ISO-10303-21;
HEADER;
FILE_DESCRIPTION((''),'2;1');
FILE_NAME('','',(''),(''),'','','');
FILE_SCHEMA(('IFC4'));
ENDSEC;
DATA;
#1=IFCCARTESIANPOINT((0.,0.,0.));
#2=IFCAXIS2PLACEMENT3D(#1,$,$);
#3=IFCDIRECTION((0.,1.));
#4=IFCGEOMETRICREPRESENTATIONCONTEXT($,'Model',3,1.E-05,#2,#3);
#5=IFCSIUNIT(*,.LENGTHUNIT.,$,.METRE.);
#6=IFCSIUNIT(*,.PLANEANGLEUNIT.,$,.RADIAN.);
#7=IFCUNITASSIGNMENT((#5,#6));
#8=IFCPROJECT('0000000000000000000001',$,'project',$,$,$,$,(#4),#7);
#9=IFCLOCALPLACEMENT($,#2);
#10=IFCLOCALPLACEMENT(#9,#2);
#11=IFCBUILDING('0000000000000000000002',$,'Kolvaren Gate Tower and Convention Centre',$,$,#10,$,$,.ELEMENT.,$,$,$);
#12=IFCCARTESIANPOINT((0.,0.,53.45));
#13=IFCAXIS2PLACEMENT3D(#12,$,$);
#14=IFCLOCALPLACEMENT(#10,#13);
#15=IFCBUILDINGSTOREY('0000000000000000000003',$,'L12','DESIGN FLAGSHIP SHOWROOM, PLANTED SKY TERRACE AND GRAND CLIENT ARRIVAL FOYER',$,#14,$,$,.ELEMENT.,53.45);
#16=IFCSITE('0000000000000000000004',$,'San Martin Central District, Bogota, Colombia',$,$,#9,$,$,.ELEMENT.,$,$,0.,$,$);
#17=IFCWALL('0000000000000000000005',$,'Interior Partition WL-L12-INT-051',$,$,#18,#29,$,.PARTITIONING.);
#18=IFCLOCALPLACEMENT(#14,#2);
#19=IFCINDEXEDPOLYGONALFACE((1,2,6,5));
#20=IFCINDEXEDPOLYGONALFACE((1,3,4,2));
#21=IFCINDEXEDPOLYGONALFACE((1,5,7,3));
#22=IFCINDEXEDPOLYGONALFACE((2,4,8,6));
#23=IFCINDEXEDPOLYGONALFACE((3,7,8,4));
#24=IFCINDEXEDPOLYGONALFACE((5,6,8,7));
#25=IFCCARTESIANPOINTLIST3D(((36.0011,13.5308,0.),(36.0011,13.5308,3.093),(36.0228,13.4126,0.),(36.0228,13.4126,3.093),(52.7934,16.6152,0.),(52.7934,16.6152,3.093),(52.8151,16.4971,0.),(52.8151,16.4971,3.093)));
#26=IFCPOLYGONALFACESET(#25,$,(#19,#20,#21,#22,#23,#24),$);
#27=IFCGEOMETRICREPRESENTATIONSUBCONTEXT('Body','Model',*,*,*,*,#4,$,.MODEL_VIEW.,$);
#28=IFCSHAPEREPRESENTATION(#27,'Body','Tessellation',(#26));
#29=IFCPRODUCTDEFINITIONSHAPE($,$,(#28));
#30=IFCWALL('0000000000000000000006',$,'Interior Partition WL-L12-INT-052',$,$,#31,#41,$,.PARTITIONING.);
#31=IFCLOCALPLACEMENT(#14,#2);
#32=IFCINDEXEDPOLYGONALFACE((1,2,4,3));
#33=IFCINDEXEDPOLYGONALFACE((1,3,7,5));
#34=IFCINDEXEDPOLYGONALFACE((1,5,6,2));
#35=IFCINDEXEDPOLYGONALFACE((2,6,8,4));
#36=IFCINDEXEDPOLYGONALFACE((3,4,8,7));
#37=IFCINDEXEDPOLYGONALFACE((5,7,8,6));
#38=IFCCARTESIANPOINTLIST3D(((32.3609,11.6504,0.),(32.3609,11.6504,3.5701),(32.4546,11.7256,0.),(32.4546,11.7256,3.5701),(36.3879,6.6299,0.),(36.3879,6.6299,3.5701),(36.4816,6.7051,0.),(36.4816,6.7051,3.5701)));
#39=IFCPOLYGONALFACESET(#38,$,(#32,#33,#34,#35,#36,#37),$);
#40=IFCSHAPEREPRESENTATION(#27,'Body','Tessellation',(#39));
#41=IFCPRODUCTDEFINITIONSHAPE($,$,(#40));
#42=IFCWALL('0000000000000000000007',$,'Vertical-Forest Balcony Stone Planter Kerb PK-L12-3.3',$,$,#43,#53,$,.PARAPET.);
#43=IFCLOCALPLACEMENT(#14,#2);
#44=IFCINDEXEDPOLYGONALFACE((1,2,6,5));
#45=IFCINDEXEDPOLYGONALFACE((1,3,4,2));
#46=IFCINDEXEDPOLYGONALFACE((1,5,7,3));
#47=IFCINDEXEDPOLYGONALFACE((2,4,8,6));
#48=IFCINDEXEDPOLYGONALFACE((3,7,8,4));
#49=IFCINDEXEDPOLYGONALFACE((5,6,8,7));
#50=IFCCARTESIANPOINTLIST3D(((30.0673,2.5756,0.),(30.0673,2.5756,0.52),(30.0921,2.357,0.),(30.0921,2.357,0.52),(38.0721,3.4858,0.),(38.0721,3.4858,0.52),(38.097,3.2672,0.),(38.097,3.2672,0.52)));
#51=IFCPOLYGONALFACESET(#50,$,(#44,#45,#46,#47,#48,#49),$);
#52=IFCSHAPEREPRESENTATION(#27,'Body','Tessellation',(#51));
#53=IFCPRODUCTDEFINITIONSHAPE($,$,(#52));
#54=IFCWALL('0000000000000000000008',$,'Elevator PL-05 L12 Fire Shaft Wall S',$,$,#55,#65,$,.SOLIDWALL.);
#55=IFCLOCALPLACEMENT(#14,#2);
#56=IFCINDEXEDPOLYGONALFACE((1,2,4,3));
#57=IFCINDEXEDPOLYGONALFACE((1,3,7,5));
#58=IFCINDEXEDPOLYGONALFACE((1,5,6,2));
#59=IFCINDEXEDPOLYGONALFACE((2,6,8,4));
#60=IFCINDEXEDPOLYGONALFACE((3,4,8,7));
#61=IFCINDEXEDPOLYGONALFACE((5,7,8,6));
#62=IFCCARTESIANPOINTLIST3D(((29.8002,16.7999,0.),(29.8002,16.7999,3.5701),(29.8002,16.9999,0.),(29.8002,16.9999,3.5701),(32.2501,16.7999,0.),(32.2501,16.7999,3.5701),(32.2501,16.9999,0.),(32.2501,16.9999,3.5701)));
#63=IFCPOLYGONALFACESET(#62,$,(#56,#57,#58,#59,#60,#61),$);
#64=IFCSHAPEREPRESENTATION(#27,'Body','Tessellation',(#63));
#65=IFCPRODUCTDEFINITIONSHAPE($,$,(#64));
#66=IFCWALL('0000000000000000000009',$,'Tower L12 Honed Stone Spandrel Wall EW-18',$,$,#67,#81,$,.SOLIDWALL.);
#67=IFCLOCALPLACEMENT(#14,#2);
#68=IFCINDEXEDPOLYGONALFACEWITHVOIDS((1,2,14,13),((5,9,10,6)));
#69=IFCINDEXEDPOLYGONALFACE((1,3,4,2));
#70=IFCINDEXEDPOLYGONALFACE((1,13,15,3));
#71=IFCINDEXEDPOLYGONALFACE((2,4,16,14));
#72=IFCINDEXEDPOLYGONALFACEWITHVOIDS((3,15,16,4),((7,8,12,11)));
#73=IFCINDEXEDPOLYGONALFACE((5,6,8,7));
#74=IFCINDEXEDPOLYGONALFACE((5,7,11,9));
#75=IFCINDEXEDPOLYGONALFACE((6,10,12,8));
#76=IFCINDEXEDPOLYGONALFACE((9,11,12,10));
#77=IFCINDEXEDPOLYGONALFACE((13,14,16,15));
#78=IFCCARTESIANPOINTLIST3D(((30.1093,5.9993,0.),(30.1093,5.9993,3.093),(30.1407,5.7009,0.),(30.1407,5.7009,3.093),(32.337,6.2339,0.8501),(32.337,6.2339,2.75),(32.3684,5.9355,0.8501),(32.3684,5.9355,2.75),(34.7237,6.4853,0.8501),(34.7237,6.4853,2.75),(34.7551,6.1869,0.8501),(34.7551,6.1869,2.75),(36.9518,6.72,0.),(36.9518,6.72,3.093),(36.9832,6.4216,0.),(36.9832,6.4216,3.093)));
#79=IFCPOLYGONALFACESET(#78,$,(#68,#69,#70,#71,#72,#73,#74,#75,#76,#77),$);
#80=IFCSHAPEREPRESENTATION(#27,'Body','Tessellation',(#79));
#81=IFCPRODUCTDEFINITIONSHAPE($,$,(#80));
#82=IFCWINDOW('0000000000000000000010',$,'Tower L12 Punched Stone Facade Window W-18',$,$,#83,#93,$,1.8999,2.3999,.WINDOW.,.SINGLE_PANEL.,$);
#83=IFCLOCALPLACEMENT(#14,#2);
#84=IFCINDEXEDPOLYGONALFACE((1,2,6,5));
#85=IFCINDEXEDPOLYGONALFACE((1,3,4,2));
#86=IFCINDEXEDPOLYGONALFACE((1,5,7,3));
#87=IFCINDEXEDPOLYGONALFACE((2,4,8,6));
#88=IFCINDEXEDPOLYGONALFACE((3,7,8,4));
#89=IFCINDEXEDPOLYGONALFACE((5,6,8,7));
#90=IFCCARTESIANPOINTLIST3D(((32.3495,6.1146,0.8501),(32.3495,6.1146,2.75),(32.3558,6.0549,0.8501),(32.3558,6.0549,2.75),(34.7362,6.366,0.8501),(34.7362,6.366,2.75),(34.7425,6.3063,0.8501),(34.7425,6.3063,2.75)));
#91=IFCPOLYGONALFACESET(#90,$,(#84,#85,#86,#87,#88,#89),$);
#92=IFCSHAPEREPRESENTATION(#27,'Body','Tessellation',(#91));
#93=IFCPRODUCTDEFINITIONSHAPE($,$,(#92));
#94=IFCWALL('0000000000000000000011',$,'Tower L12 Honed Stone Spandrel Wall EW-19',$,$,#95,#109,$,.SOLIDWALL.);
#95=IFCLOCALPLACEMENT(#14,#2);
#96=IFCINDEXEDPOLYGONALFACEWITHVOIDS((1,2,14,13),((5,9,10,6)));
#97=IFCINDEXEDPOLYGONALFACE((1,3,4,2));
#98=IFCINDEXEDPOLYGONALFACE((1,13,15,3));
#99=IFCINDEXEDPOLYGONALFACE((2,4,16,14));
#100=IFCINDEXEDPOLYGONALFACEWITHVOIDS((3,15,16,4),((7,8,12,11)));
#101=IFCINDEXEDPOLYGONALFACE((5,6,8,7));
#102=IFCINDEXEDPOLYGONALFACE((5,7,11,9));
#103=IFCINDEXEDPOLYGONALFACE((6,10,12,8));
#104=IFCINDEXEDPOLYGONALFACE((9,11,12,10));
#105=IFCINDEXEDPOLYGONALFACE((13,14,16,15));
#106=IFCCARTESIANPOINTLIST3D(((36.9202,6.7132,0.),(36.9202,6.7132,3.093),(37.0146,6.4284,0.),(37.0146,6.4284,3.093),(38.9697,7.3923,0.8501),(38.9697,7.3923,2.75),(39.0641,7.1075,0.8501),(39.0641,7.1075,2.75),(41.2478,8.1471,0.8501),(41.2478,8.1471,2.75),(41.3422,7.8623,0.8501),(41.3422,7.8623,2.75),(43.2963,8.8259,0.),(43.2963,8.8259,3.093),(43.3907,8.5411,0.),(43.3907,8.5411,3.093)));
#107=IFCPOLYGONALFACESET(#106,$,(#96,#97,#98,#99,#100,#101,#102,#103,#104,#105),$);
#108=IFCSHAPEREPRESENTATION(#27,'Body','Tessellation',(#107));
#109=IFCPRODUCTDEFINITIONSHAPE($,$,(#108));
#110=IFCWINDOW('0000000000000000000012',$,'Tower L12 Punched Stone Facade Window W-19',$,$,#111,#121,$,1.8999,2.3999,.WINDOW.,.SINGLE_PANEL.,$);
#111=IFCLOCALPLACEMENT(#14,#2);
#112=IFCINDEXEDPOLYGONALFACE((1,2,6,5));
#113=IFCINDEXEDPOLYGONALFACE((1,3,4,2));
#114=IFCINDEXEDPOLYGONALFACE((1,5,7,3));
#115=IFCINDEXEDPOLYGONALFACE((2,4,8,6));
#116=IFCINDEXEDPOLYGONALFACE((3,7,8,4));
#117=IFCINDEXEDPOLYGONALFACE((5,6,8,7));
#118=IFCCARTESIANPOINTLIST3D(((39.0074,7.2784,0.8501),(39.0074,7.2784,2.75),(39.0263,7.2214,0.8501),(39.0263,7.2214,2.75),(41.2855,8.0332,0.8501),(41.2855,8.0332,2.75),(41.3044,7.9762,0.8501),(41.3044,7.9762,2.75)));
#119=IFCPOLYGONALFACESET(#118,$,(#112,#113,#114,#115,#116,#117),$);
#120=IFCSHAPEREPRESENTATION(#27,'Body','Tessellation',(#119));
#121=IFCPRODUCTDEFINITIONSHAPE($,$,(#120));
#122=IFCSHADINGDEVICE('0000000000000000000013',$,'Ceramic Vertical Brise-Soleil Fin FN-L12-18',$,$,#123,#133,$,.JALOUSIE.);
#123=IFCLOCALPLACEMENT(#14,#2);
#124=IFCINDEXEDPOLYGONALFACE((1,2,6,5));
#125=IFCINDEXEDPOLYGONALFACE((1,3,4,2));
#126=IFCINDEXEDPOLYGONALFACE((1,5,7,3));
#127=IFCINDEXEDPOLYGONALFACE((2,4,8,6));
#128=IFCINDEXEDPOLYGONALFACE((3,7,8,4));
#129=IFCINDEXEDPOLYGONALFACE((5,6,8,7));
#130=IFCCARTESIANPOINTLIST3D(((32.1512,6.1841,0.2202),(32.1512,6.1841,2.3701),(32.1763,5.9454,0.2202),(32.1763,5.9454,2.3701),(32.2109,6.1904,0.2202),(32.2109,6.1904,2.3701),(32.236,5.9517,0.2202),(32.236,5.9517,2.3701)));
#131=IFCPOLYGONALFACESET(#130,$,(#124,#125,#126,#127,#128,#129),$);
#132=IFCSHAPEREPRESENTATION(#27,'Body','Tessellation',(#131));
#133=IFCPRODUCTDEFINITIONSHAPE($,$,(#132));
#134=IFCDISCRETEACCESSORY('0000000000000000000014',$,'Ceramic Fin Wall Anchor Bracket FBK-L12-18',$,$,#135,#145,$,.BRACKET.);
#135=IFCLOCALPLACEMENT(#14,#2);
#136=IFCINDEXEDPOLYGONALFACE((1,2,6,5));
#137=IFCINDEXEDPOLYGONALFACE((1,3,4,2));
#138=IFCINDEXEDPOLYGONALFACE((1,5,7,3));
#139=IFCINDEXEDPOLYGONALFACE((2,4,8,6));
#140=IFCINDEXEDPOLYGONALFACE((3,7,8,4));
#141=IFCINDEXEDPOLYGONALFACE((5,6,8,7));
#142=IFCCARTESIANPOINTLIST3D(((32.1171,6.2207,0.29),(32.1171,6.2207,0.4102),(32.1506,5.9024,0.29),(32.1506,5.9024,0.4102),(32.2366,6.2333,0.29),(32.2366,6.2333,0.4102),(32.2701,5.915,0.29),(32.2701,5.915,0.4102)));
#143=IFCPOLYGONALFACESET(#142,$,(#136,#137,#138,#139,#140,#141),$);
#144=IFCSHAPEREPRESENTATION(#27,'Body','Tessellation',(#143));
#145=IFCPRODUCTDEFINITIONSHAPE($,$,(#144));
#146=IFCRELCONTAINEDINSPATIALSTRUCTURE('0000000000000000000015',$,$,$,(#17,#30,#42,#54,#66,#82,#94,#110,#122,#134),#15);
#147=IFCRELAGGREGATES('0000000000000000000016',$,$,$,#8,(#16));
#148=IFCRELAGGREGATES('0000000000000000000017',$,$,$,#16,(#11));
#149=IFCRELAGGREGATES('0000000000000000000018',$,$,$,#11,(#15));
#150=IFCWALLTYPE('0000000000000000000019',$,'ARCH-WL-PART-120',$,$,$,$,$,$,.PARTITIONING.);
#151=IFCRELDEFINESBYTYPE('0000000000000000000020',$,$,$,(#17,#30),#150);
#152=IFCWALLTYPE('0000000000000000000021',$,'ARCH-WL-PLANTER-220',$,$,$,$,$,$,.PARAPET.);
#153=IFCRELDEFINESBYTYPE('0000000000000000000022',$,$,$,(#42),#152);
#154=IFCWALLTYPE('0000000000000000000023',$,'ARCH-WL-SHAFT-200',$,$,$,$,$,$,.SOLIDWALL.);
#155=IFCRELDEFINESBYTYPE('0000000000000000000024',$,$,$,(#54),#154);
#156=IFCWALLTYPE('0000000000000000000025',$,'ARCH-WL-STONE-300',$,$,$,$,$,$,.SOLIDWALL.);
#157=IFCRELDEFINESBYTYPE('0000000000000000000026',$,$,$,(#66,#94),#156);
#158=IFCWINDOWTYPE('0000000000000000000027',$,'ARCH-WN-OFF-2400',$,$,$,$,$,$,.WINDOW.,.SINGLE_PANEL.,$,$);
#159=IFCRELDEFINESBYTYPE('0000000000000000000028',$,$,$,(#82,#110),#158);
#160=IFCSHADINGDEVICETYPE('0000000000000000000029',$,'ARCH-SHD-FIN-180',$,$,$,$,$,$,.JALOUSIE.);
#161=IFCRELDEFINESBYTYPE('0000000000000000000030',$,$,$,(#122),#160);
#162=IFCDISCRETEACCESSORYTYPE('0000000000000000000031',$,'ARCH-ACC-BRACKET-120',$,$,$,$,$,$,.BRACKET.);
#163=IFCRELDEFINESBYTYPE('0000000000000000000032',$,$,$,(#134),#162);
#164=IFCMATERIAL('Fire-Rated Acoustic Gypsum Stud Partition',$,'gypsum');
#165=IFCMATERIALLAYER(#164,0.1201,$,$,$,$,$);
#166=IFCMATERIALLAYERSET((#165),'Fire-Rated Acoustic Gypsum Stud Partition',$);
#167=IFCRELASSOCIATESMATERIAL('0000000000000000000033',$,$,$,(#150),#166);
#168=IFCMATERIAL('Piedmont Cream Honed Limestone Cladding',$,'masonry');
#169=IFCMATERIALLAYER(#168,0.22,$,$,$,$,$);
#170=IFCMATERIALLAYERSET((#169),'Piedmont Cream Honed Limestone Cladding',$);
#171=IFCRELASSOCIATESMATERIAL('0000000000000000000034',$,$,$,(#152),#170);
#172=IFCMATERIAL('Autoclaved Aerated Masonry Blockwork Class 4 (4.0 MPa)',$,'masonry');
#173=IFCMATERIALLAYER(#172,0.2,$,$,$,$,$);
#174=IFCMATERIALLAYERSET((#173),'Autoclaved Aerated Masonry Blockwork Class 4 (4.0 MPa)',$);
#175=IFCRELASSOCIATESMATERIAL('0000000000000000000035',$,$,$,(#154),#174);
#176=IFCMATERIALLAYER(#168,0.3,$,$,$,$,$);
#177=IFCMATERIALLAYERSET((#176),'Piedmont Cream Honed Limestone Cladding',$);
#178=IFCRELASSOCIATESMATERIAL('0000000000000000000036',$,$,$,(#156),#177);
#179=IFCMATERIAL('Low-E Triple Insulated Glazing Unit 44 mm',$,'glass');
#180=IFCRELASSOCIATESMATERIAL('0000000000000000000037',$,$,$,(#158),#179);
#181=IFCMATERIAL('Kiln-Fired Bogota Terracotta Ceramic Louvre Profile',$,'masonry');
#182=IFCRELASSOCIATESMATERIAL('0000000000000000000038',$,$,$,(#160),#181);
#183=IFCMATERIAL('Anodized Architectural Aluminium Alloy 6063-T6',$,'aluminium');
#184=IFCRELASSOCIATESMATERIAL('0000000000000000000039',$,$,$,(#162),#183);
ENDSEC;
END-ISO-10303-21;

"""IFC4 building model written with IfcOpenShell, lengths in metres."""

from ifc_helpers import new_model, si_unit, direction, frame, frame_2d, origin, origin_2d, place, context, subcontext, project, spatial, rectangle, extrude, material, layer, layer_set, type_object, element, fill, save


model = new_model("IFC4")

# Units and contexts
model_context = context("Model", 3, precision=1e-05, world=origin(), true_north=direction((0.0, 1.0)))
body_context = subcontext(model_context, "Body", "Model", "MODEL_VIEW")
ifc_project = project(units=[si_unit("LENGTHUNIT", "METRE"), si_unit("PLANEANGLEUNIT", "RADIAN")], contexts=[model_context])

# Site, building, storey
site_placement = place(None, origin())
site = spatial("IfcSite", under=ifc_project, at=site_placement, Name="San Martin Central District, Bogota, Colombia", CompositionType="ELEMENT", RefElevation=0.0)
building_placement = place(site_placement, origin())
building = spatial("IfcBuilding", under=site, at=building_placement, Name="Kolvaren Gate Tower and Convention Centre", CompositionType="ELEMENT")
storey_placement = place(building_placement, frame((0.0, 0.0, 53.45)))
storey = spatial("IfcBuildingStorey", under=building, at=storey_placement, Name="L12", Description="DESIGN FLAGSHIP SHOWROOM, PLANTED SKY TERRACE AND GRAND CLIENT ARRIVAL FOYER", CompositionType="ELEMENT", Elevation=53.45)

# Shared definitions
ifc_material_1 = material(Name="Autoclaved Aerated Masonry Blockwork Class 4 (4.0 MPa)", Category="masonry")

# Shared definitions
ifc_material_2 = material(Name="Fire-Rated Acoustic Gypsum Stud Partition", Category="gypsum")
ifc_layer_1 = layer(ifc_material_2, 0.1201)
ifc_layer_set_1 = layer_set([ifc_layer_1], Name="Fire-Rated Acoustic Gypsum Stud Partition")
wall_type_1 = type_object("IfcWallType", Name="ARCH-WL-PART-120", PredefinedType="PARTITIONING", material=ifc_layer_set_1)

# Walls
wall_1_placement = place(storey_placement, frame((36.012, 13.4717, 0.0), z_axis=(0.0, 0.0, 1.0), x_axis=(0.983545, 0.180662, 0.0)))
element("IfcWall", 1, at=wall_1_placement, inside=storey, type_object=wall_type_1, Name="Interior Partition WL-L12-INT-051", PredefinedType="PARTITIONING", context=body_context, shape_type="SweptSolid", body=[
    extrude(rectangle(XDim=17.0732, YDim=0.1201, at=frame_2d((8.5366, 0.0))), origin(), (0.0, 0.0, 1.0), 3.093),
])
wall_2_placement = place(storey_placement, frame((32.4077, 11.688, 0.0), z_axis=(0.0, 0.0, 1.0), x_axis=(0.625708, -0.780058, 0.0)))
element("IfcWall", 2, at=wall_2_placement, inside=storey, type_object=wall_type_1, Name="Interior Partition WL-L12-INT-052", PredefinedType="PARTITIONING", context=body_context, shape_type="SweptSolid", body=[
    extrude(rectangle(XDim=6.436, YDim=0.1201, at=frame_2d((3.218, 0.0))), origin(), (0.0, 0.0, 1.0), 3.5701),
])
ifc_material_3 = material(Name="Piedmont Cream Honed Limestone Cladding", Category="masonry")
ifc_layer_2 = layer(ifc_material_3, 0.22)
ifc_layer_set_2 = layer_set([ifc_layer_2], Name="Piedmont Cream Honed Limestone Cladding")
wall_type_2 = type_object("IfcWallType", Name="ARCH-WL-PLANTER-220", PredefinedType="PARAPET", material=ifc_layer_set_2)
wall_3_placement = place(storey_placement, frame((30.0796, 2.4663, 0.0), z_axis=(0.0, 0.0, 1.0), x_axis=(0.993598, 0.112972, 0.0)))
element("IfcWall", 3, at=wall_3_placement, inside=storey, type_object=wall_type_2, Name="Vertical-Forest Balcony Stone Planter Kerb PK-L12-3.3", PredefinedType="PARAPET", context=body_context, shape_type="SweptSolid", body=[
    extrude(rectangle(XDim=8.0564, YDim=0.22, at=frame_2d((4.0283, 0.0))), origin(), (0.0, 0.0, 1.0), 0.52),
])
ifc_layer_3 = layer(ifc_material_1, 0.2)
ifc_layer_set_3 = layer_set([ifc_layer_3], Name="Autoclaved Aerated Masonry Blockwork Class 4 (4.0 MPa)")
wall_type_3 = type_object("IfcWallType", Name="ARCH-WL-SHAFT-200", PredefinedType="SOLIDWALL", material=ifc_layer_set_3)
wall_4_placement = place(storey_placement, frame((29.8, 16.8999, 0.0), z_axis=(0.0, 0.0, 1.0), x_axis=(1.0, 0.0, 0.0)))
element("IfcWall", 4, at=wall_4_placement, inside=storey, type_object=wall_type_3, Name="Elevator PL-05 L12 Fire Shaft Wall S", PredefinedType="SOLIDWALL", context=body_context, shape_type="SweptSolid", body=[
    extrude(rectangle(XDim=2.45, YDim=0.2, at=frame_2d((1.2251, 0.0))), origin(), (0.0, 0.0, 1.0), 3.5701),
])

# Walls, openings, windows
ifc_layer_4 = layer(ifc_material_3, 0.3)
ifc_layer_set_4 = layer_set([ifc_layer_4], Name="Piedmont Cream Honed Limestone Cladding")
wall_type_4 = type_object("IfcWallType", Name="ARCH-WL-STONE-300", PredefinedType="SOLIDWALL", material=ifc_layer_set_4)
wall_5_placement = place(storey_placement, frame((30.125, 5.8501, 0.0), z_axis=(0.0, 0.0, 1.0), x_axis=(0.994499, 0.104748, 0.0)))
wall_5 = element("IfcWall", 5, at=wall_5_placement, inside=storey, type_object=wall_type_4, Name="Tower L12 Honed Stone Spandrel Wall EW-18", PredefinedType="SOLIDWALL", context=body_context, shape_type="SweptSolid", body=[
    extrude(rectangle(XDim=6.8804, YDim=0.3, at=frame_2d((3.4402, 0.0))), origin(), (0.0, 0.0, 1.0), 3.093),
])
opening_1_placement = place(wall_5_placement, frame((2.24, 0.0, 0.8501)))
opening_1 = element("IfcOpeningElement", 6, at=opening_1_placement, cuts=wall_5, PredefinedType="OPENING", context=body_context, shape_type="SweptSolid", body=[
    extrude(rectangle(XDim=2.3999, YDim=1.8999, at=frame_2d((1.2, 0.95))), frame((0.0, 0.1599, 0.0), z_axis=(0.0, -1.0, 0.0), x_axis=(1.0, 0.0, 0.0)), (0.0, 0.0, 1.0), 0.3201),
])
ifc_material_4 = material(Name="Low-E Triple Insulated Glazing Unit 44 mm", Category="glass")
window_type = type_object("IfcWindowType", Name="ARCH-WN-OFF-2400", PartitioningType="SINGLE_PANEL", PredefinedType="WINDOW", material=ifc_material_4)
window_1_placement = place(opening_1_placement, origin())
window_1 = element("IfcWindow", 7, at=window_1_placement, inside=storey, type_object=window_type, Name="Tower L12 Punched Stone Facade Window W-18", OverallHeight=1.8999, OverallWidth=2.3999, PartitioningType="SINGLE_PANEL", PredefinedType="WINDOW", context=body_context, shape_type="SweptSolid", body=[
    extrude(rectangle(XDim=2.3999, YDim=1.8999, at=frame_2d((1.2, 0.95))), frame((0.0, 0.03, 0.0), z_axis=(0.0, -1.0, 0.0), x_axis=(1.0, 0.0, 0.0)), (0.0, 0.0, 1.0), 0.0601),
])
fill(opening_1, window_1)
wall_6_placement = place(storey_placement, frame((36.9675, 6.5708, 0.0), z_axis=(0.0, 0.0, 1.0), x_axis=(0.949245, 0.314537, 0.0)))
wall_6 = element("IfcWall", 8, at=wall_6_placement, inside=storey, type_object=wall_type_4, Name="Tower L12 Honed Stone Spandrel Wall EW-19", PredefinedType="SOLIDWALL", context=body_context, shape_type="SweptSolid", body=[
    extrude(rectangle(XDim=6.717, YDim=0.3, at=frame_2d((3.3584, 0.0))), origin(), (0.0, 0.0, 1.0), 3.093),
])
opening_2_placement = place(wall_6_placement, frame((2.1589, 0.0, 0.8501)))
opening_2 = element("IfcOpeningElement", 9, at=opening_2_placement, cuts=wall_6, PredefinedType="OPENING", context=body_context, shape_type="SweptSolid", body=[
    extrude(rectangle(XDim=2.3999, YDim=1.8999, at=frame_2d((1.2, 0.95))), frame((0.0, 0.1599, 0.0), z_axis=(0.0, -1.0, 0.0), x_axis=(1.0, 0.0, 0.0)), (0.0, 0.0, 1.0), 0.3201),
])
window_2_placement = place(opening_2_placement, origin())
window_2 = element("IfcWindow", 10, at=window_2_placement, inside=storey, type_object=window_type, Name="Tower L12 Punched Stone Facade Window W-19", OverallHeight=1.8999, OverallWidth=2.3999, PartitioningType="SINGLE_PANEL", PredefinedType="WINDOW", context=body_context, shape_type="SweptSolid", body=[
    extrude(rectangle(XDim=2.3999, YDim=1.8999, at=frame_2d((1.2, 0.95))), frame((0.0, 0.03, 0.0), z_axis=(0.0, -1.0, 0.0), x_axis=(1.0, 0.0, 0.0)), (0.0, 0.0, 1.0), 0.0601),
])
fill(opening_2, window_2)

# Shading device
ifc_material_5 = material(Name="Kiln-Fired Bogota Terracotta Ceramic Louvre Profile", Category="masonry")
shading_device_type = type_object("IfcShadingDeviceType", Name="ARCH-SHD-FIN-180", PredefinedType="JALOUSIE", material=ifc_material_5)
shading_device_placement = place(storey_placement, frame((32.1936, 6.0679, 0.2202), z_axis=(0.0, 0.0, 1.0), x_axis=(0.994499, 0.104747, 0.0)))
element("IfcShadingDevice", 11, at=shading_device_placement, inside=storey, type_object=shading_device_type, Name="Ceramic Vertical Brise-Soleil Fin FN-L12-18", PredefinedType="JALOUSIE", context=body_context, shape_type="SweptSolid", body=[
    extrude(rectangle(XDim=0.0601, YDim=0.24, at=origin_2d()), origin(), (0.0, 0.0, 1.0), 2.1499),
])

# Discrete accessory
ifc_material_6 = material(Name="Anodized Architectural Aluminium Alloy 6063-T6", Category="aluminium")
discrete_accessory_type = type_object("IfcDiscreteAccessoryType", Name="ARCH-ACC-BRACKET-120", PredefinedType="BRACKET", material=ifc_material_6)
discrete_accessory_placement = place(storey_placement, frame((32.1936, 6.0679, 0.29), z_axis=(0.0, 0.0, 1.0), x_axis=(0.994499, 0.104747, 0.0)))
element("IfcDiscreteAccessory", 12, at=discrete_accessory_placement, inside=storey, type_object=discrete_accessory_type, Name="Ceramic Fin Wall Anchor Bracket FBK-L12-18", PredefinedType="BRACKET", context=body_context, shape_type="SweptSolid", body=[
    extrude(rectangle(XDim=0.1201, YDim=0.3201, at=origin_2d()), origin(), (0.0, 0.0, 1.0), 0.1201),
])

save(model, "model.ifc")
